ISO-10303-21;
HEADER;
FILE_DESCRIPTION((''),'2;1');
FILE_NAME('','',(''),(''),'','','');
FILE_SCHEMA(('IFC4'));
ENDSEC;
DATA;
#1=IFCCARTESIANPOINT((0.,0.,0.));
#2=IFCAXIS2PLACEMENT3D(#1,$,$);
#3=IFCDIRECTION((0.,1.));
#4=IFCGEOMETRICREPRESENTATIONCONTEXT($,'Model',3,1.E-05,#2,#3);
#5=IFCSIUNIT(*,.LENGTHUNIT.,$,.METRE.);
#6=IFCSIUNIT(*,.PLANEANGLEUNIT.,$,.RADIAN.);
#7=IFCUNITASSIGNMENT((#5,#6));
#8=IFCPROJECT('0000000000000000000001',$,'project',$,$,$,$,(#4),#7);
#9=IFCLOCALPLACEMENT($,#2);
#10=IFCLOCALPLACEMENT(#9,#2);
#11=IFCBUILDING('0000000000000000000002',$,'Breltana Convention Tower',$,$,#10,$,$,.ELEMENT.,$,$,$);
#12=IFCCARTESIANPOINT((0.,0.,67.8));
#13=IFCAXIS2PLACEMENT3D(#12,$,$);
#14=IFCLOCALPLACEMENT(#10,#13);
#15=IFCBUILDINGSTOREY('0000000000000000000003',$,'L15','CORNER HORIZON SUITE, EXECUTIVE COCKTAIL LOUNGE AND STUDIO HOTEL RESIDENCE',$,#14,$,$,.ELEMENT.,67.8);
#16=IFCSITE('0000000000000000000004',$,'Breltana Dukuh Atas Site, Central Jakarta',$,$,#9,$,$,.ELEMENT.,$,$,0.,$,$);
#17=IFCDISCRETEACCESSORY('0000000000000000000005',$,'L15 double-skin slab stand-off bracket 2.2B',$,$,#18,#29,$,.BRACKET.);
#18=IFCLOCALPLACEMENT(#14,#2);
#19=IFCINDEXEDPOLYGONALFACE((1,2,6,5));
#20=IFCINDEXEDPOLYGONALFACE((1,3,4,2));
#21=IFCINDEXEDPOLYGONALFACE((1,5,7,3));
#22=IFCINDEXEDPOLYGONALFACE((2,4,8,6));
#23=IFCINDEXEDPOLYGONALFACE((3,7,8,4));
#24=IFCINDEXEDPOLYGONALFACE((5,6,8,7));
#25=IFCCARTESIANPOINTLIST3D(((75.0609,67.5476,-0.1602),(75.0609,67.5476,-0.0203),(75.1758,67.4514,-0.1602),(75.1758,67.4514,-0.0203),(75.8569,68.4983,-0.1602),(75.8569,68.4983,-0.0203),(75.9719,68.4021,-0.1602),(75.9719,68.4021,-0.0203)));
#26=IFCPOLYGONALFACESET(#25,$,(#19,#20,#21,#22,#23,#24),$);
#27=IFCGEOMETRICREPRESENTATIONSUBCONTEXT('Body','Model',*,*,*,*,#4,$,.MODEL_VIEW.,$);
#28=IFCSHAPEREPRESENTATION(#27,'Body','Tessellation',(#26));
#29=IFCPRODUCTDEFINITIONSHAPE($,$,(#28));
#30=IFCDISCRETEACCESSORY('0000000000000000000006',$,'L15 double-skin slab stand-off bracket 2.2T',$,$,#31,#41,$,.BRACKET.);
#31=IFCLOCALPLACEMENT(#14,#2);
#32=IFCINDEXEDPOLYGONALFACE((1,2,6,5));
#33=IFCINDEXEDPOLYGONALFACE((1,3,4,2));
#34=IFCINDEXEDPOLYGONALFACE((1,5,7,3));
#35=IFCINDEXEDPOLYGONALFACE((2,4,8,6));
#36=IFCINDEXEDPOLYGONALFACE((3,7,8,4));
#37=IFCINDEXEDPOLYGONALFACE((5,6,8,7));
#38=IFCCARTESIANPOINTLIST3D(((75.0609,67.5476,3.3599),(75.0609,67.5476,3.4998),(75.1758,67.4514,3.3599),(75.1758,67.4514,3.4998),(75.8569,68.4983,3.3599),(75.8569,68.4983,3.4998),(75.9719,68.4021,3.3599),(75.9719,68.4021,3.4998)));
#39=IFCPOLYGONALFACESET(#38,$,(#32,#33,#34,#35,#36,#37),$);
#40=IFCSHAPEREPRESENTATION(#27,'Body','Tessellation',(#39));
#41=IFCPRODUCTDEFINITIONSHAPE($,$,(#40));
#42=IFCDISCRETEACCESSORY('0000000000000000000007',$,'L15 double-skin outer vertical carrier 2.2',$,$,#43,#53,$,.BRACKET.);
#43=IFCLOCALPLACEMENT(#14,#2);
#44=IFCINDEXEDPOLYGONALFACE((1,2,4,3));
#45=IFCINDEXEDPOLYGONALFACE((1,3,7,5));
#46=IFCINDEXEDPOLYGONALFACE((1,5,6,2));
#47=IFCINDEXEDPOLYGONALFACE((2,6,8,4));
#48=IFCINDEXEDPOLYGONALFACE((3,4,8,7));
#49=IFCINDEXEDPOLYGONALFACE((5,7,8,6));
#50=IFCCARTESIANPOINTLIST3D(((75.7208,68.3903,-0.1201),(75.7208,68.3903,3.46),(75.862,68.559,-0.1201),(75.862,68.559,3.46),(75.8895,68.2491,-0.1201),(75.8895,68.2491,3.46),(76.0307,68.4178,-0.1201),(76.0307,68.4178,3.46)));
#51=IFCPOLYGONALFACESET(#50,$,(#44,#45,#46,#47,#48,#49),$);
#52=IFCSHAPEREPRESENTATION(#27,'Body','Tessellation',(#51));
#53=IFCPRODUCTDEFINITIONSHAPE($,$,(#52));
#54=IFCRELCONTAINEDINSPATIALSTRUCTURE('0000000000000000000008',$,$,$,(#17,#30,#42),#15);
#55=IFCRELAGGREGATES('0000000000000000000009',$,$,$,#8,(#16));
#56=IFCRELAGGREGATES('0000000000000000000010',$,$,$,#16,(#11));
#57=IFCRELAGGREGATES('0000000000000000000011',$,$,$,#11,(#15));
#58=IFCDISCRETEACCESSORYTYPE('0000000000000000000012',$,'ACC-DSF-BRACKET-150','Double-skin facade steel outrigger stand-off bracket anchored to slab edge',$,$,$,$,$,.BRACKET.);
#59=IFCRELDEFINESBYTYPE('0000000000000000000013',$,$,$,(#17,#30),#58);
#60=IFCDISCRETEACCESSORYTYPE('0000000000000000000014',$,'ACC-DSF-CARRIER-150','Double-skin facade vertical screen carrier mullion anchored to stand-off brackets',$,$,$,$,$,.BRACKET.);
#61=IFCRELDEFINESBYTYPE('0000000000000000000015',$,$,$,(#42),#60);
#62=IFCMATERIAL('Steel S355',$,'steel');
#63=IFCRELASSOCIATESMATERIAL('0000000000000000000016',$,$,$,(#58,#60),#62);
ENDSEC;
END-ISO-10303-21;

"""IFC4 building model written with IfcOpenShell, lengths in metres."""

from ifc_helpers import new_model, si_unit, direction, frame, origin, origin_2d, place, context, subcontext, project, spatial, rectangle, extrude, source, transform, mapped, material, type_object, type_shapes, element, save


model = new_model("IFC4")

# Units and contexts
model_context = context("Model", 3, precision=1e-05, world=origin(), true_north=direction((0.0, 1.0)))
body_context = subcontext(model_context, "Body", "Model", "MODEL_VIEW")
ifc_project = project(units=[si_unit("LENGTHUNIT", "METRE"), si_unit("PLANEANGLEUNIT", "RADIAN")], contexts=[model_context])

# Site, building, storey
site_placement = place(None, origin())
site = spatial("IfcSite", under=ifc_project, at=site_placement, Name="Breltana Dukuh Atas Site, Central Jakarta", CompositionType="ELEMENT", RefElevation=0.0)
building_placement = place(site_placement, origin())
building = spatial("IfcBuilding", under=site, at=building_placement, Name="Breltana Convention Tower", CompositionType="ELEMENT")
storey_placement = place(building_placement, frame((0.0, 0.0, 67.8)))
storey = spatial("IfcBuildingStorey", under=building, at=storey_placement, Name="L15", Description="CORNER HORIZON SUITE, EXECUTIVE COCKTAIL LOUNGE AND STUDIO HOTEL RESIDENCE", CompositionType="ELEMENT", Elevation=67.8)

# Discrete accessories
ifc_material_1 = material(Name="Steel S355", Category="steel")
discrete_accessory_type_1 = type_object("IfcDiscreteAccessoryType", Name="ACC-DSF-BRACKET-150", Description="Double-skin facade steel outrigger stand-off bracket anchored to slab edge", PredefinedType="BRACKET", material=ifc_material_1)
shared_shape_1 = source(origin(), body_context, "Body", "SweptSolid", [
    extrude(rectangle(XDim=1.24, YDim=0.1499, at=origin_2d()), origin(), (0.0, 0.0, 1.0), 0.1399),
])
type_shapes(discrete_accessory_type_1, [shared_shape_1])
for number, where, z_axis, x_axis, name in (
    (1, (75.5164, 67.9749, -0.1602), (0.0, 0.0, 1.0), (0.64199, 0.766713, 0.0), "L15 double-skin slab stand-off bracket 2.2B"),
    (2, (75.5164, 67.9749, 3.3599), (0.0, 0.0, 1.0), (0.64199, 0.766713, 0.0), "L15 double-skin slab stand-off bracket 2.2T"),
):
    element("IfcDiscreteAccessory", number, at=place(storey_placement, frame(where, z_axis=z_axis, x_axis=x_axis)), inside=storey, type_object=discrete_accessory_type_1, Name=name, PredefinedType="BRACKET", context=body_context, shape_type="MappedRepresentation", body=[
        mapped(shared_shape_1, transform((0.0, 0.0, 0.0), scale=1.0)),
    ])
discrete_accessory_type_2 = type_object("IfcDiscreteAccessoryType", Name="ACC-DSF-CARRIER-150", Description="Double-skin facade vertical screen carrier mullion anchored to stand-off brackets", PredefinedType="BRACKET", material=ifc_material_1)
shared_shape_2 = source(origin(), body_context, "Body", "SweptSolid", [
    extrude(rectangle(XDim=0.22, YDim=0.22, at=origin_2d()), origin(), (0.0, 0.0, 1.0), 3.5801),
])
discrete_accessory_placement = place(storey_placement, frame((75.8757, 68.4041, -0.1201), z_axis=(0.0, 0.0, 1.0), x_axis=(0.64199, 0.766713, 0.0)))
element("IfcDiscreteAccessory", 3, at=discrete_accessory_placement, inside=storey, type_object=discrete_accessory_type_2, Name="L15 double-skin outer vertical carrier 2.2", PredefinedType="BRACKET", context=body_context, shape_type="MappedRepresentation", body=[
    mapped(shared_shape_2, transform((0.0, 0.0, 0.0), scale=1.0)),
])

save(model, "model.ifc")
